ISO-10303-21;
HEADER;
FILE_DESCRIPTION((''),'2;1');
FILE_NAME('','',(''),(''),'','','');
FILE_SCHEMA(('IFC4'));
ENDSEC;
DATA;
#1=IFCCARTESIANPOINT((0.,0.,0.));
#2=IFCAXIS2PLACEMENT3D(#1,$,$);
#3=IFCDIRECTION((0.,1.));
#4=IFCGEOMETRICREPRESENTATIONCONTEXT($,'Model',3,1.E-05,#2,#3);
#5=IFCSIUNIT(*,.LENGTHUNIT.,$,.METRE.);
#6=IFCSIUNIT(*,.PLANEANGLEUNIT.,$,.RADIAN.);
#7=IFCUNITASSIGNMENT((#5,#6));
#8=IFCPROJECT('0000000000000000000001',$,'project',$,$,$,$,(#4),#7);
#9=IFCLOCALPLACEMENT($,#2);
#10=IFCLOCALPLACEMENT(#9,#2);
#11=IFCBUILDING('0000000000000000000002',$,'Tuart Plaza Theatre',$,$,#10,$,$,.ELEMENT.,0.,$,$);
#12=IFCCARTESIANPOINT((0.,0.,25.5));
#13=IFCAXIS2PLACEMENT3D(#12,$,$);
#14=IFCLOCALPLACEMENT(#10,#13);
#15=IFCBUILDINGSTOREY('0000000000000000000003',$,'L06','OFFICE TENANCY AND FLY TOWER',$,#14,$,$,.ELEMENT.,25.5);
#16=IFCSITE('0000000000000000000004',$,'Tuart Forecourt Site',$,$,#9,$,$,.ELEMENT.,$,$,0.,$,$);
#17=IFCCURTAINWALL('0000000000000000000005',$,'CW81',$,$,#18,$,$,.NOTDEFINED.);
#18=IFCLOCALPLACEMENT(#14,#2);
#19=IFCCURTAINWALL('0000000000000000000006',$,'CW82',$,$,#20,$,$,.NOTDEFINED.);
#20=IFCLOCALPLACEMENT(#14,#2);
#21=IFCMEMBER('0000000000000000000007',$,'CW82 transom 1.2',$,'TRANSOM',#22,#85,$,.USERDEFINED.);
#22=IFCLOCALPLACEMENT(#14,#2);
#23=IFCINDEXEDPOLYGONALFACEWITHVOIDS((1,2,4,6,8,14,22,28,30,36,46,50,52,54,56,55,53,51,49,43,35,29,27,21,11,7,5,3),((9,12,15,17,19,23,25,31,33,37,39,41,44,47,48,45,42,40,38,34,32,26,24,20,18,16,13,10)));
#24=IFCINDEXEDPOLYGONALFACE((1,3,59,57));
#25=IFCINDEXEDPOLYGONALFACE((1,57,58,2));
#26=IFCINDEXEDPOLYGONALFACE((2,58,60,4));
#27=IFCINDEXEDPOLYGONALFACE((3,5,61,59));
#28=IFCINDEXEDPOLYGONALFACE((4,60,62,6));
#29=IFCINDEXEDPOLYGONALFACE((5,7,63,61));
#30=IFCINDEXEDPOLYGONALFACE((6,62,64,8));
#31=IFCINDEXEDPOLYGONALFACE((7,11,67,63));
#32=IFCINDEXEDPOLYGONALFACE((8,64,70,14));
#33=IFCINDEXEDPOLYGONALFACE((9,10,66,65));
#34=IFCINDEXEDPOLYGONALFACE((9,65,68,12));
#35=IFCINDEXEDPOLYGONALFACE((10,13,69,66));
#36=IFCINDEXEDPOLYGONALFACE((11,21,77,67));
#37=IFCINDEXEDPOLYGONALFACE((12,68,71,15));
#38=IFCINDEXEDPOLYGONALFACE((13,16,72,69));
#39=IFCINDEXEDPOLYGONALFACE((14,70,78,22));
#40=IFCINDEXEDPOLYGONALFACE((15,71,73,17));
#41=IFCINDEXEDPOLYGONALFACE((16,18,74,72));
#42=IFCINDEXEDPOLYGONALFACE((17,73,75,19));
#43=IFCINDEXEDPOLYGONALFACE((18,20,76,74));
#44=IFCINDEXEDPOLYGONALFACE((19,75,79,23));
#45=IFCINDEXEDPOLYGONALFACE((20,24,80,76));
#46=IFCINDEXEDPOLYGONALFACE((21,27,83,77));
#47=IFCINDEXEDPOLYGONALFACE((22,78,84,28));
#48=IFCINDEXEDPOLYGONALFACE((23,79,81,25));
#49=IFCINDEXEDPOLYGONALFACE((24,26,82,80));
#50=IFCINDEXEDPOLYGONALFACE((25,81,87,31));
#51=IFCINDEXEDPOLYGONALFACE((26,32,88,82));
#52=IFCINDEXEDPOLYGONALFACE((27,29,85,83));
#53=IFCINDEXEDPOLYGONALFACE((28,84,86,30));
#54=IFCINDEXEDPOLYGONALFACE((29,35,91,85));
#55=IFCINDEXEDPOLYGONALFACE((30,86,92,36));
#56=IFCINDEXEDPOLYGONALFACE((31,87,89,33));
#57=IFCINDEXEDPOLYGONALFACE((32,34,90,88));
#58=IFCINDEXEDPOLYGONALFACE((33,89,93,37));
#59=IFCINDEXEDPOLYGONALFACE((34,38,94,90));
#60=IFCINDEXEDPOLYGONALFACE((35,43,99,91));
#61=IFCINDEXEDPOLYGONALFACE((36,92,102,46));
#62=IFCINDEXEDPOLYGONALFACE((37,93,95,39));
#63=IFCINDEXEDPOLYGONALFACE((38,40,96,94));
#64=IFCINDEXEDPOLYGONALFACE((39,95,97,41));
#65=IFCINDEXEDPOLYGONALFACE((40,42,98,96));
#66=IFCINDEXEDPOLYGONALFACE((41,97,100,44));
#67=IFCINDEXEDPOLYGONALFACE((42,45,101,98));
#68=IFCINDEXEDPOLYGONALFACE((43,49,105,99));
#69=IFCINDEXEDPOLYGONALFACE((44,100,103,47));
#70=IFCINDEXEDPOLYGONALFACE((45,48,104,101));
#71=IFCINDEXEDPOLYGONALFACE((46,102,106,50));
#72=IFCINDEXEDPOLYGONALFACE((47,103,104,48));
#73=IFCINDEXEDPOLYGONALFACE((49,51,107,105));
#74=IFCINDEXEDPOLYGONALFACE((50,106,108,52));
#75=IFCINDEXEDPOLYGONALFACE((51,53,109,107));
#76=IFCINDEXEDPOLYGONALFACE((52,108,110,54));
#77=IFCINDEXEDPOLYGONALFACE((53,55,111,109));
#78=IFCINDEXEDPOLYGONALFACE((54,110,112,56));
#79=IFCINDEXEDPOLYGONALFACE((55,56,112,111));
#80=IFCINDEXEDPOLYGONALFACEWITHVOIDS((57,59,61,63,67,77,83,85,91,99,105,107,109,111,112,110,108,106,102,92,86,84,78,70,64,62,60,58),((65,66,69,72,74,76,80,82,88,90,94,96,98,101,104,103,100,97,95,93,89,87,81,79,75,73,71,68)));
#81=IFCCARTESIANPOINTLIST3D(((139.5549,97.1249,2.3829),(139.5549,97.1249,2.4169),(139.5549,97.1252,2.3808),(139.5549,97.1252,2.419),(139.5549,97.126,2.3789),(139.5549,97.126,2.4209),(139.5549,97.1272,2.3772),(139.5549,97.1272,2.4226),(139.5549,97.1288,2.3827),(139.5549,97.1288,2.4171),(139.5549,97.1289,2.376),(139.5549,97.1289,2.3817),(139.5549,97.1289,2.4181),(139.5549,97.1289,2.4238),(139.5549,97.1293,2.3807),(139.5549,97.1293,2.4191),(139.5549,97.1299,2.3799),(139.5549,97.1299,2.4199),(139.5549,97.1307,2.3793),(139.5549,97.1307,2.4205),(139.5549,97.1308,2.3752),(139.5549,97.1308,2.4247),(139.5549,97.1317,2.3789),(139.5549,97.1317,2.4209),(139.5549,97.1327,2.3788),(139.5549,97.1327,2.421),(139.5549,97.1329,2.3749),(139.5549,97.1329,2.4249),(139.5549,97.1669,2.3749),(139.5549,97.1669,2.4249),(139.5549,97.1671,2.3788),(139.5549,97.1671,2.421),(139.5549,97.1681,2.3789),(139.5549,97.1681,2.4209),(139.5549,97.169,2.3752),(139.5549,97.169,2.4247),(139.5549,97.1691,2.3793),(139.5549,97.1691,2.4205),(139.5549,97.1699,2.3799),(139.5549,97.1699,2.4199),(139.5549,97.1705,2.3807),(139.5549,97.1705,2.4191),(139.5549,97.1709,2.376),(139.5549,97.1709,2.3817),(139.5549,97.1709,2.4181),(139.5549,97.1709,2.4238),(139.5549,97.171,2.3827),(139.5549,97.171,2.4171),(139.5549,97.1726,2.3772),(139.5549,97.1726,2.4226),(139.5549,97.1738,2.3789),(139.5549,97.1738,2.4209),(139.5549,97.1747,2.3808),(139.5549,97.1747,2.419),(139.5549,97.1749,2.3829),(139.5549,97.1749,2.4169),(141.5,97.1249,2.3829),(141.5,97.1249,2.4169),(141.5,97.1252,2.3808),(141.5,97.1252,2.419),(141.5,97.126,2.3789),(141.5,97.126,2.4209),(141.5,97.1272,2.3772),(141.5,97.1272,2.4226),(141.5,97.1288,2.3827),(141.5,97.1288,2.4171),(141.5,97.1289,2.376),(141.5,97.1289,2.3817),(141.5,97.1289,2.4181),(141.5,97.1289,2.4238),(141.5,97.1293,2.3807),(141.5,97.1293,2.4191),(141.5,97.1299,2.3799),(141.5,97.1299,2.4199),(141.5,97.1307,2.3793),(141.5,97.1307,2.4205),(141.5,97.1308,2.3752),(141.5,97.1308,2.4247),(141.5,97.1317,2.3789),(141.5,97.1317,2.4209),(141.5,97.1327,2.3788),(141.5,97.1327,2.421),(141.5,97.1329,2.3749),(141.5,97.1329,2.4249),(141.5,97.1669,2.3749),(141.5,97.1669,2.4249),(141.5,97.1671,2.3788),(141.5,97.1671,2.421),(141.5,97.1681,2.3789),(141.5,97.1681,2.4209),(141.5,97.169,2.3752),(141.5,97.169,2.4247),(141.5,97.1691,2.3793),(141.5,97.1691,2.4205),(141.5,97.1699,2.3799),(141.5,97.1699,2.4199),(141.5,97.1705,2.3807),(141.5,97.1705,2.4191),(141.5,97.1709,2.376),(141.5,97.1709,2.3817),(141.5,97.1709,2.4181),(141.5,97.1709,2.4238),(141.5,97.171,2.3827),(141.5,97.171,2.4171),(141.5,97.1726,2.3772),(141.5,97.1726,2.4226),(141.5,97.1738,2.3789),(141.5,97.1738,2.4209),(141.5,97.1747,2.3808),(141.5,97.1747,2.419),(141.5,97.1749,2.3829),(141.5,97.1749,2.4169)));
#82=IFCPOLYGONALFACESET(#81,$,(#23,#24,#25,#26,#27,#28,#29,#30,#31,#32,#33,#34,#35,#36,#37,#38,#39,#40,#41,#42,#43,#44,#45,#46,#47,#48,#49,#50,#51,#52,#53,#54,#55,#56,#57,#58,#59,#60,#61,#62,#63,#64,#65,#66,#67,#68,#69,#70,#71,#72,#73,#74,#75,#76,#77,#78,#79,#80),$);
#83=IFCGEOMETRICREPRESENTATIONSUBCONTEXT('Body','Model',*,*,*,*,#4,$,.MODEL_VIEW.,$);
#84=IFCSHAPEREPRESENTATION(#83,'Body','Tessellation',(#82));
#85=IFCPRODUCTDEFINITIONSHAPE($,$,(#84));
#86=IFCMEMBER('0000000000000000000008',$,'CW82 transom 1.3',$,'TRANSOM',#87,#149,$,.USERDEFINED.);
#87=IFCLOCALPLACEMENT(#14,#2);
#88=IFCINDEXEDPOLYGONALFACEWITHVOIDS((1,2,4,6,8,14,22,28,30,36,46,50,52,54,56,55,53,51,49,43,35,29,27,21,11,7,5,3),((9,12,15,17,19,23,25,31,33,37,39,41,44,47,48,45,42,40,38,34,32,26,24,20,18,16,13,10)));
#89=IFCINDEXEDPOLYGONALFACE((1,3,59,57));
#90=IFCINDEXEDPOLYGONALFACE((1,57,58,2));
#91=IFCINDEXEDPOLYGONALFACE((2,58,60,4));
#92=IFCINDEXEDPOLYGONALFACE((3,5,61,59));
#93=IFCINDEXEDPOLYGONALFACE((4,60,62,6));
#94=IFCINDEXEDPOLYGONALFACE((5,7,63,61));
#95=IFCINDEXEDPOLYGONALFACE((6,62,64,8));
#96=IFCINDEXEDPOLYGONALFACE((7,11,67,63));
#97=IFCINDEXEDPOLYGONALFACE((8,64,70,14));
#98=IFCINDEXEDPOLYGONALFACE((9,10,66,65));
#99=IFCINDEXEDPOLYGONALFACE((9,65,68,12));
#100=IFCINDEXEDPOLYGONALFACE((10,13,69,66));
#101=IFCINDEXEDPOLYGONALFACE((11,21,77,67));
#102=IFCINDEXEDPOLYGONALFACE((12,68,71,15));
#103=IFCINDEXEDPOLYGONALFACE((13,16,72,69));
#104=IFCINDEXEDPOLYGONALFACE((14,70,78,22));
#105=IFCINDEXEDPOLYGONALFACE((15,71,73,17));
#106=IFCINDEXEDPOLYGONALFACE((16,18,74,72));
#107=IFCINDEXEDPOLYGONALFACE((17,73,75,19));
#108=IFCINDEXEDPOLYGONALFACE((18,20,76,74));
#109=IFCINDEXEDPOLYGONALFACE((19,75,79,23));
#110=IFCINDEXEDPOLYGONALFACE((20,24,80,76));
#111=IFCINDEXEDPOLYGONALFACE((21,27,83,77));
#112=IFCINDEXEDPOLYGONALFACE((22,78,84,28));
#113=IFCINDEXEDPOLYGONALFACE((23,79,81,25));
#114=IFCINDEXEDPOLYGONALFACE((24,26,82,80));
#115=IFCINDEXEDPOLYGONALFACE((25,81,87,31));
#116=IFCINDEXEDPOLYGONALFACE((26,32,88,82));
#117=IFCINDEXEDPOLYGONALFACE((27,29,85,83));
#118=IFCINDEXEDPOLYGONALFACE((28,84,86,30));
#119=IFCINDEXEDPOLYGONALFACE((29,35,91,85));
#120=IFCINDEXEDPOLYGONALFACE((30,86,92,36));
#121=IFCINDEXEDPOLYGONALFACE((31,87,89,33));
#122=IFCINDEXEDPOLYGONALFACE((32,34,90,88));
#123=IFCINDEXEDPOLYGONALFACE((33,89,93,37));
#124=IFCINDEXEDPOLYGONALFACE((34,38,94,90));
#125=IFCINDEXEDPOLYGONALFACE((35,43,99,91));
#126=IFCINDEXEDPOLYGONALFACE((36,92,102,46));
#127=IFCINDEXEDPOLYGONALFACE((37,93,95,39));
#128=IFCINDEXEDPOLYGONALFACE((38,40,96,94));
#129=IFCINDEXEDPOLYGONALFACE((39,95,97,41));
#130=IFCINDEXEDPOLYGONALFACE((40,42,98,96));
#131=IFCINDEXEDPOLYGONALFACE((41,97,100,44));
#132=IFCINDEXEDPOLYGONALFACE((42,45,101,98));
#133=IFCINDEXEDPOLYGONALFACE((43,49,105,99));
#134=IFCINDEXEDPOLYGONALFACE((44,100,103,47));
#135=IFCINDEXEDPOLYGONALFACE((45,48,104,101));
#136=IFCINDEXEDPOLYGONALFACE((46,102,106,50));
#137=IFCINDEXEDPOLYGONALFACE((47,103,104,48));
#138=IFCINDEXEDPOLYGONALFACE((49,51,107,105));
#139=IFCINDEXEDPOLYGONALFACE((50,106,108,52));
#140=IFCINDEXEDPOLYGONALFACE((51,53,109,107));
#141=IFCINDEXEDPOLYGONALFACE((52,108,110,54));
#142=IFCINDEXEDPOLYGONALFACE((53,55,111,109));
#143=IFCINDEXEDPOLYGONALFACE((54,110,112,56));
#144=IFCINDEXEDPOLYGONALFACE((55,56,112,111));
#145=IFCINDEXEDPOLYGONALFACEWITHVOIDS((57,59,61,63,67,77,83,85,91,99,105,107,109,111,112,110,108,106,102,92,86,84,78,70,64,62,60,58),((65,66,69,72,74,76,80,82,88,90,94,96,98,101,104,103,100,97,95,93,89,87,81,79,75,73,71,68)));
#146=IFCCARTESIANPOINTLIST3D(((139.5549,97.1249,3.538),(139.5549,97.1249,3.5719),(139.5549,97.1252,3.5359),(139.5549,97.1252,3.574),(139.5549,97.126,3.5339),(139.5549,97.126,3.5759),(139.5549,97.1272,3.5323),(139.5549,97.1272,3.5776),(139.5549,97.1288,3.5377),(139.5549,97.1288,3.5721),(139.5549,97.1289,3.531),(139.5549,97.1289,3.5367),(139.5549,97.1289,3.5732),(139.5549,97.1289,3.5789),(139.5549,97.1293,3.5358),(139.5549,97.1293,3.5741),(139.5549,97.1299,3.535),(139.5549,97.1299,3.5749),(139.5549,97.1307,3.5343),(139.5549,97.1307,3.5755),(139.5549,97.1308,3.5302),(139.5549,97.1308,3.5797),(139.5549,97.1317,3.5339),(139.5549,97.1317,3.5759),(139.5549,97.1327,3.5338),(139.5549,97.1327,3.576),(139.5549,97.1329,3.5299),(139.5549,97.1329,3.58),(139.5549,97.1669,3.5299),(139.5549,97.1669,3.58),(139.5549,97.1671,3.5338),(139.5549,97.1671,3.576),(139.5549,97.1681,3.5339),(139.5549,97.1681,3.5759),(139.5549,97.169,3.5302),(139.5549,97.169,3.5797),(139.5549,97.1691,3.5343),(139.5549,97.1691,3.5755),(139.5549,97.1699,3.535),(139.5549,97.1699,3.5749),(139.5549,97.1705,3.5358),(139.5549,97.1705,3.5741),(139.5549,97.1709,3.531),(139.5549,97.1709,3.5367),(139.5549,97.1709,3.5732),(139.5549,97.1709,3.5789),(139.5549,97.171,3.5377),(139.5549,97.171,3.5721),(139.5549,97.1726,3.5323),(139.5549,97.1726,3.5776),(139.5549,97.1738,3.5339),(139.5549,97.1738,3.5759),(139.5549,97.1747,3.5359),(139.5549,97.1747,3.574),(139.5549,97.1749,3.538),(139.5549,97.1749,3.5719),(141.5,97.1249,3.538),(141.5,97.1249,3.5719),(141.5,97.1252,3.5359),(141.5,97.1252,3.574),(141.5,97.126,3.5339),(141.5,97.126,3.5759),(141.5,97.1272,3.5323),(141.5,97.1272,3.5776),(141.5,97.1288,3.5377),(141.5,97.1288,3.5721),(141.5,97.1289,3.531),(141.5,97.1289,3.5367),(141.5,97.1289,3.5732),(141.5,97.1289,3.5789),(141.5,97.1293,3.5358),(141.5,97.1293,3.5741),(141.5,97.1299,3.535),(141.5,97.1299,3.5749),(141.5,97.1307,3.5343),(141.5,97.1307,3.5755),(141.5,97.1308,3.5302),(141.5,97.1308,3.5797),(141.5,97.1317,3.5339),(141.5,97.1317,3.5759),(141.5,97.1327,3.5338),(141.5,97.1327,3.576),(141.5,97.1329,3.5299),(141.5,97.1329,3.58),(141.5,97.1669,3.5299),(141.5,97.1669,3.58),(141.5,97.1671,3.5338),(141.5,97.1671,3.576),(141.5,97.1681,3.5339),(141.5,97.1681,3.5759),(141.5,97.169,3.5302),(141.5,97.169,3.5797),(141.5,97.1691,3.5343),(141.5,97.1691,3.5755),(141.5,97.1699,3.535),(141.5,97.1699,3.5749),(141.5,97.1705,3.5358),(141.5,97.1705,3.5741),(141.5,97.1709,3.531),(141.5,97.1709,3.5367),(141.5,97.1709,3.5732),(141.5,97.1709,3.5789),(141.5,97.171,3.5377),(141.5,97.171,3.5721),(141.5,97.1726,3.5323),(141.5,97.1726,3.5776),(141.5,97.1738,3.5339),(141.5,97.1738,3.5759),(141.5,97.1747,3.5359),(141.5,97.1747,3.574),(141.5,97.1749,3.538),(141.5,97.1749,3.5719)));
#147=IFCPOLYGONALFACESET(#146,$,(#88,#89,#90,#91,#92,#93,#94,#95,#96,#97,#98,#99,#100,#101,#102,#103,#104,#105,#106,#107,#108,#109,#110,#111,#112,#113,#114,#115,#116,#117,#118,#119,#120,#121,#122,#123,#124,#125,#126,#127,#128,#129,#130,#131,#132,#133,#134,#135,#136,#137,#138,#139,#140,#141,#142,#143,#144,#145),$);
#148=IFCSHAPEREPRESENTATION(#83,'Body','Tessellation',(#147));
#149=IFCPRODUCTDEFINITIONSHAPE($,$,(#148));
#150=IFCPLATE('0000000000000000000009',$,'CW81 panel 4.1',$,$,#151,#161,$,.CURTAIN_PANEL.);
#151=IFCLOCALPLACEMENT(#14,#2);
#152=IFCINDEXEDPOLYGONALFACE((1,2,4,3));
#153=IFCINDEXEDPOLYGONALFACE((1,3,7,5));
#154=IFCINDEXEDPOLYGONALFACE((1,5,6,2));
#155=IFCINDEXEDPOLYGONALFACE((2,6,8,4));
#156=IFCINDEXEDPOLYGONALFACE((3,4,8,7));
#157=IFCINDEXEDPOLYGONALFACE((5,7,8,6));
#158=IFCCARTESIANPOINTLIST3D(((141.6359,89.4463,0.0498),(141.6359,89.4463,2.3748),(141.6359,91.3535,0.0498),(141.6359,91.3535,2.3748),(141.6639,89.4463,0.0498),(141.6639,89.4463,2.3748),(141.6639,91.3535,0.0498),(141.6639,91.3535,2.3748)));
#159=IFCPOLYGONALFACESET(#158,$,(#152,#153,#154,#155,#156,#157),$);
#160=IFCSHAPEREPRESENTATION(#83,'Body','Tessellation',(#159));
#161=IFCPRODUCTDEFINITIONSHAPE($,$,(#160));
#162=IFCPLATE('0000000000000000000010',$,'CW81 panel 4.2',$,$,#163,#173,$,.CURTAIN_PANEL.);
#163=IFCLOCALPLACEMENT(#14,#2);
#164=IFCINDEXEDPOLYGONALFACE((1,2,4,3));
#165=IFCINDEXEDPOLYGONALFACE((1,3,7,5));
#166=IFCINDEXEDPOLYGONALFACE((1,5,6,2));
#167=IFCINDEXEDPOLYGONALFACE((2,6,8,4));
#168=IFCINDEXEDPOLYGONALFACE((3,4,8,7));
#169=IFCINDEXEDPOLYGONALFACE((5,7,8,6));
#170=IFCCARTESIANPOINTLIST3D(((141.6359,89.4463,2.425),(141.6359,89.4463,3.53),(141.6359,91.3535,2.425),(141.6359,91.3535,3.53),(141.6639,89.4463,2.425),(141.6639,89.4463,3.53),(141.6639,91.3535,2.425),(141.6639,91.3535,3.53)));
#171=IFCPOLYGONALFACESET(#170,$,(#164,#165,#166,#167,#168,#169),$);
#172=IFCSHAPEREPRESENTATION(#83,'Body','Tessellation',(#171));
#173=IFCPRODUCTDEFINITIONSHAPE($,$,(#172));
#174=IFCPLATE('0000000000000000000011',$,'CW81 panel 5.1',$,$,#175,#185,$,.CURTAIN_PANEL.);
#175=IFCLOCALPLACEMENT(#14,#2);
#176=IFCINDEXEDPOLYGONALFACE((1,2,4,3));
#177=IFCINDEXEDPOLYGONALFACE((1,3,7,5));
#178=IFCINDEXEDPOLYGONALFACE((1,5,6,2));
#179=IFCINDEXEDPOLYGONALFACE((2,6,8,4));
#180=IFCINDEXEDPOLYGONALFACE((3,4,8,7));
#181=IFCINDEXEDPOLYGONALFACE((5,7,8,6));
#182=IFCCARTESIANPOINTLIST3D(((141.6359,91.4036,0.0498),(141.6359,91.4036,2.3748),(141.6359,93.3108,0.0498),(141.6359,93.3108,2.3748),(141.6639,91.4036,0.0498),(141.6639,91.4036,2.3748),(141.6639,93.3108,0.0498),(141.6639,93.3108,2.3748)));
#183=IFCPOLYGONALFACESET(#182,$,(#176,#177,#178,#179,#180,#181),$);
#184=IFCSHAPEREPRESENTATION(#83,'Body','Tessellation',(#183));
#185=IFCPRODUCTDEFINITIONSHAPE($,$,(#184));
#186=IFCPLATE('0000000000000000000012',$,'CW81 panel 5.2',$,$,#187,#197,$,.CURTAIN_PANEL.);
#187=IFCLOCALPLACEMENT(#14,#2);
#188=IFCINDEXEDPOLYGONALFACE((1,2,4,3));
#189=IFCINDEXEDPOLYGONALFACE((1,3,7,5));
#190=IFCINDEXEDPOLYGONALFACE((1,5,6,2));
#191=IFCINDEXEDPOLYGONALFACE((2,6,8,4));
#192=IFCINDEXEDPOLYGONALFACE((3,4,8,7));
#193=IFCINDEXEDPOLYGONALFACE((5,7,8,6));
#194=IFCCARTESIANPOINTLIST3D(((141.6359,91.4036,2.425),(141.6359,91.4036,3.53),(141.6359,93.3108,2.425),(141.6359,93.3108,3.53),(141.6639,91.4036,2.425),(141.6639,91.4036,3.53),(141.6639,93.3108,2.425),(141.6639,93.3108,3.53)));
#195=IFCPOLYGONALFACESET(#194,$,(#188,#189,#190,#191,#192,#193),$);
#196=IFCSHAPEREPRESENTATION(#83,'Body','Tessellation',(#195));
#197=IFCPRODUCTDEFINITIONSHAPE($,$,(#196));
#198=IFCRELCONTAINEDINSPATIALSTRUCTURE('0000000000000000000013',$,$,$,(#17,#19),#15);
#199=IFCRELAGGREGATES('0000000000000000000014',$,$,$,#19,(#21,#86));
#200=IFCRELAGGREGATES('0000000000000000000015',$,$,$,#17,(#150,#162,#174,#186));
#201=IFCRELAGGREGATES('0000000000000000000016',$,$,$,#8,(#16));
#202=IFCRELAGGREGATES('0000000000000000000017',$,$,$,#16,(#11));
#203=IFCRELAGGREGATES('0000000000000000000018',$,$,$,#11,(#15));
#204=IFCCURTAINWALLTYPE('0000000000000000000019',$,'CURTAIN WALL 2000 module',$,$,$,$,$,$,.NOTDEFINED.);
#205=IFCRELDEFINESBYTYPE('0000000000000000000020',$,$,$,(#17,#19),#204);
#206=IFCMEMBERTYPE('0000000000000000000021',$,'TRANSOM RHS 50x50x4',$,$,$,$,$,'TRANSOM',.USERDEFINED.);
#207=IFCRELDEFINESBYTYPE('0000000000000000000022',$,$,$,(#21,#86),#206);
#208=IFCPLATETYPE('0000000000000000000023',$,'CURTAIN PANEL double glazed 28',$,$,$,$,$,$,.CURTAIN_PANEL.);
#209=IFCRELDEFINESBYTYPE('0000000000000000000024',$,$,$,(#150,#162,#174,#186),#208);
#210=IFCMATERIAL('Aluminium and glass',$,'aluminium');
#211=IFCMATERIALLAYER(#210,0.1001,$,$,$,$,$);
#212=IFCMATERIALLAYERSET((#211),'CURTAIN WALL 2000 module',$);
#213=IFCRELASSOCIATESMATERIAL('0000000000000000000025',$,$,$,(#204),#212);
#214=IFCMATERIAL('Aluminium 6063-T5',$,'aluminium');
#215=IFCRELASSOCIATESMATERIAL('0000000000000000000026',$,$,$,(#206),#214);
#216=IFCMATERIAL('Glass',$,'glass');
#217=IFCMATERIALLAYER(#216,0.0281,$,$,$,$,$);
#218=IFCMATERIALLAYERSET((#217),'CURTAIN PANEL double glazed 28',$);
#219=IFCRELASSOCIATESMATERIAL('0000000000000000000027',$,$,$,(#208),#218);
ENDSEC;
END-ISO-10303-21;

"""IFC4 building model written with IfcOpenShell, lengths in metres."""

from ifc_helpers import new_model, si_unit, direction, frame, origin, origin_2d, place, context, subcontext, project, spatial, rectangle, hollow_rectangle, extrude, material, layer, layer_set, material_profile, profile_set, type_object, element, aggregate, save


model = new_model("IFC4")

# Units and contexts
model_context = context("Model", 3, precision=1e-05, world=origin(), true_north=direction((0.0, 1.0)))
body_context = subcontext(model_context, "Body", "Model", "MODEL_VIEW")
ifc_project = project(units=[si_unit("LENGTHUNIT", "METRE"), si_unit("PLANEANGLEUNIT", "RADIAN")], contexts=[model_context])

# Site, building, storey
site_placement = place(None, origin())
site = spatial("IfcSite", under=ifc_project, at=site_placement, Name="Tuart Forecourt Site", CompositionType="ELEMENT", RefElevation=0.0)
building_placement = place(site_placement, origin())
building = spatial("IfcBuilding", under=site, at=building_placement, Name="Tuart Plaza Theatre", CompositionType="ELEMENT", ElevationOfRefHeight=0.0)
storey_placement = place(building_placement, frame((0.0, 0.0, 25.5)))
storey = spatial("IfcBuildingStorey", under=building, at=storey_placement, Name="L06", Description="OFFICE TENANCY AND FLY TOWER", CompositionType="ELEMENT", Elevation=25.5)

# Curtain wall
ifc_material_1 = material(Name="Aluminium and glass", Category="aluminium")
ifc_layer_1 = layer(ifc_material_1, 0.1001)
ifc_layer_set_1 = layer_set([ifc_layer_1], Name="CURTAIN WALL 2000 module")
curtain_wall_type = type_object("IfcCurtainWallType", Name="CURTAIN WALL 2000 module", PredefinedType="NOTDEFINED", material=ifc_layer_set_1)
curtain_wall_1_placement = place(storey_placement, origin())
curtain_wall_1 = element("IfcCurtainWall", 1, at=curtain_wall_1_placement, inside=storey, type_object=curtain_wall_type, Name="CW81", PredefinedType="NOTDEFINED")

# Curtain wall
curtain_wall_2_placement = place(storey_placement, origin())
curtain_wall_2 = element("IfcCurtainWall", 2, at=curtain_wall_2_placement, inside=storey, type_object=curtain_wall_type, Name="CW82", PredefinedType="NOTDEFINED")

# Members
ifc_material_2 = material(Name="Aluminium 6063-T5", Category="aluminium")
ifc_material_profile_1 = material_profile(ifc_material_2, hollow_rectangle(XDim=0.05, YDim=0.05, WallThickness=0.0039, InnerFilletRadius=0.0039, OuterFilletRadius=0.0081, at=origin_2d()), Name="RHS 50x50x4")
ifc_profile_set_1 = profile_set([ifc_material_profile_1], Name="Aluminium 6063-T5")
member_type_1 = type_object("IfcMemberType", Name="TRANSOM RHS 50x50x4", ElementType="TRANSOM", PredefinedType="USERDEFINED", material=ifc_profile_set_1)
member_1_placement = place(storey_placement, frame((141.5, 97.1499, 2.3999), z_axis=(-1.0, 0.0, 0.0), x_axis=(0.0, -1.0, 0.0)))
member_1 = element("IfcMember", 3, at=member_1_placement, type_object=member_type_1, Name="CW82 transom 1.2", ObjectType="TRANSOM", PredefinedType="USERDEFINED", context=body_context, shape_type="SweptSolid", body=[
    extrude(hollow_rectangle(XDim=0.05, YDim=0.05, WallThickness=0.0039, InnerFilletRadius=0.0039, OuterFilletRadius=0.0081, at=origin_2d()), origin(), (0.0, 0.0, 1.0), 1.9451),
])
member_2_placement = place(storey_placement, frame((141.5, 97.1499, 3.5549), z_axis=(-1.0, 0.0, 0.0), x_axis=(0.0, -1.0, 0.0)))
member_2 = element("IfcMember", 4, at=member_2_placement, type_object=member_type_1, Name="CW82 transom 1.3", ObjectType="TRANSOM", PredefinedType="USERDEFINED", context=body_context, shape_type="SweptSolid", body=[
    extrude(hollow_rectangle(XDim=0.05, YDim=0.05, WallThickness=0.0039, InnerFilletRadius=0.0039, OuterFilletRadius=0.0081, at=origin_2d()), origin(), (0.0, 0.0, 1.0), 1.9451),
])
aggregate(curtain_wall_2, [member_1, member_2])

# Plates
ifc_material_3 = material(Name="Glass", Category="glass")
ifc_layer_2 = layer(ifc_material_3, 0.0281)
ifc_layer_set_2 = layer_set([ifc_layer_2], Name="CURTAIN PANEL double glazed 28")
plate_type = type_object("IfcPlateType", Name="CURTAIN PANEL double glazed 28", PredefinedType="CURTAIN_PANEL", material=ifc_layer_set_2)
plate_1_placement = place(storey_placement, frame((141.6499, 90.3999, 0.0498), z_axis=(0.0, 0.0, 1.0), x_axis=(0.0, 1.0, 0.0)))
plate_1 = element("IfcPlate", 5, at=plate_1_placement, type_object=plate_type, Name="CW81 panel 4.1", PredefinedType="CURTAIN_PANEL", context=body_context, shape_type="SweptSolid", body=[
    extrude(rectangle(XDim=1.9072, YDim=0.0281, at=origin_2d()), origin(), (0.0, 0.0, 1.0), 2.325),
])
plate_2_placement = place(storey_placement, frame((141.6499, 90.3999, 2.425), z_axis=(0.0, 0.0, 1.0), x_axis=(0.0, 1.0, 0.0)))
plate_2 = element("IfcPlate", 6, at=plate_2_placement, type_object=plate_type, Name="CW81 panel 4.2", PredefinedType="CURTAIN_PANEL", context=body_context, shape_type="SweptSolid", body=[
    extrude(rectangle(XDim=1.9072, YDim=0.0281, at=origin_2d()), origin(), (0.0, 0.0, 1.0), 1.105),
])
plate_3_placement = place(storey_placement, frame((141.6499, 92.3572, 0.0498), z_axis=(0.0, 0.0, 1.0), x_axis=(0.0, 1.0, 0.0)))
plate_3 = element("IfcPlate", 7, at=plate_3_placement, type_object=plate_type, Name="CW81 panel 5.1", PredefinedType="CURTAIN_PANEL", context=body_context, shape_type="SweptSolid", body=[
    extrude(rectangle(XDim=1.9072, YDim=0.0281, at=origin_2d()), origin(), (0.0, 0.0, 1.0), 2.325),
])
plate_4_placement = place(storey_placement, frame((141.6499, 92.3572, 2.425), z_axis=(0.0, 0.0, 1.0), x_axis=(0.0, 1.0, 0.0)))
plate_4 = element("IfcPlate", 8, at=plate_4_placement, type_object=plate_type, Name="CW81 panel 5.2", PredefinedType="CURTAIN_PANEL", context=body_context, shape_type="SweptSolid", body=[
    extrude(rectangle(XDim=1.9072, YDim=0.0281, at=origin_2d()), origin(), (0.0, 0.0, 1.0), 1.105),
])
aggregate(curtain_wall_1, [plate_1, plate_2, plate_3, plate_4])

save(model, "model.ifc")
